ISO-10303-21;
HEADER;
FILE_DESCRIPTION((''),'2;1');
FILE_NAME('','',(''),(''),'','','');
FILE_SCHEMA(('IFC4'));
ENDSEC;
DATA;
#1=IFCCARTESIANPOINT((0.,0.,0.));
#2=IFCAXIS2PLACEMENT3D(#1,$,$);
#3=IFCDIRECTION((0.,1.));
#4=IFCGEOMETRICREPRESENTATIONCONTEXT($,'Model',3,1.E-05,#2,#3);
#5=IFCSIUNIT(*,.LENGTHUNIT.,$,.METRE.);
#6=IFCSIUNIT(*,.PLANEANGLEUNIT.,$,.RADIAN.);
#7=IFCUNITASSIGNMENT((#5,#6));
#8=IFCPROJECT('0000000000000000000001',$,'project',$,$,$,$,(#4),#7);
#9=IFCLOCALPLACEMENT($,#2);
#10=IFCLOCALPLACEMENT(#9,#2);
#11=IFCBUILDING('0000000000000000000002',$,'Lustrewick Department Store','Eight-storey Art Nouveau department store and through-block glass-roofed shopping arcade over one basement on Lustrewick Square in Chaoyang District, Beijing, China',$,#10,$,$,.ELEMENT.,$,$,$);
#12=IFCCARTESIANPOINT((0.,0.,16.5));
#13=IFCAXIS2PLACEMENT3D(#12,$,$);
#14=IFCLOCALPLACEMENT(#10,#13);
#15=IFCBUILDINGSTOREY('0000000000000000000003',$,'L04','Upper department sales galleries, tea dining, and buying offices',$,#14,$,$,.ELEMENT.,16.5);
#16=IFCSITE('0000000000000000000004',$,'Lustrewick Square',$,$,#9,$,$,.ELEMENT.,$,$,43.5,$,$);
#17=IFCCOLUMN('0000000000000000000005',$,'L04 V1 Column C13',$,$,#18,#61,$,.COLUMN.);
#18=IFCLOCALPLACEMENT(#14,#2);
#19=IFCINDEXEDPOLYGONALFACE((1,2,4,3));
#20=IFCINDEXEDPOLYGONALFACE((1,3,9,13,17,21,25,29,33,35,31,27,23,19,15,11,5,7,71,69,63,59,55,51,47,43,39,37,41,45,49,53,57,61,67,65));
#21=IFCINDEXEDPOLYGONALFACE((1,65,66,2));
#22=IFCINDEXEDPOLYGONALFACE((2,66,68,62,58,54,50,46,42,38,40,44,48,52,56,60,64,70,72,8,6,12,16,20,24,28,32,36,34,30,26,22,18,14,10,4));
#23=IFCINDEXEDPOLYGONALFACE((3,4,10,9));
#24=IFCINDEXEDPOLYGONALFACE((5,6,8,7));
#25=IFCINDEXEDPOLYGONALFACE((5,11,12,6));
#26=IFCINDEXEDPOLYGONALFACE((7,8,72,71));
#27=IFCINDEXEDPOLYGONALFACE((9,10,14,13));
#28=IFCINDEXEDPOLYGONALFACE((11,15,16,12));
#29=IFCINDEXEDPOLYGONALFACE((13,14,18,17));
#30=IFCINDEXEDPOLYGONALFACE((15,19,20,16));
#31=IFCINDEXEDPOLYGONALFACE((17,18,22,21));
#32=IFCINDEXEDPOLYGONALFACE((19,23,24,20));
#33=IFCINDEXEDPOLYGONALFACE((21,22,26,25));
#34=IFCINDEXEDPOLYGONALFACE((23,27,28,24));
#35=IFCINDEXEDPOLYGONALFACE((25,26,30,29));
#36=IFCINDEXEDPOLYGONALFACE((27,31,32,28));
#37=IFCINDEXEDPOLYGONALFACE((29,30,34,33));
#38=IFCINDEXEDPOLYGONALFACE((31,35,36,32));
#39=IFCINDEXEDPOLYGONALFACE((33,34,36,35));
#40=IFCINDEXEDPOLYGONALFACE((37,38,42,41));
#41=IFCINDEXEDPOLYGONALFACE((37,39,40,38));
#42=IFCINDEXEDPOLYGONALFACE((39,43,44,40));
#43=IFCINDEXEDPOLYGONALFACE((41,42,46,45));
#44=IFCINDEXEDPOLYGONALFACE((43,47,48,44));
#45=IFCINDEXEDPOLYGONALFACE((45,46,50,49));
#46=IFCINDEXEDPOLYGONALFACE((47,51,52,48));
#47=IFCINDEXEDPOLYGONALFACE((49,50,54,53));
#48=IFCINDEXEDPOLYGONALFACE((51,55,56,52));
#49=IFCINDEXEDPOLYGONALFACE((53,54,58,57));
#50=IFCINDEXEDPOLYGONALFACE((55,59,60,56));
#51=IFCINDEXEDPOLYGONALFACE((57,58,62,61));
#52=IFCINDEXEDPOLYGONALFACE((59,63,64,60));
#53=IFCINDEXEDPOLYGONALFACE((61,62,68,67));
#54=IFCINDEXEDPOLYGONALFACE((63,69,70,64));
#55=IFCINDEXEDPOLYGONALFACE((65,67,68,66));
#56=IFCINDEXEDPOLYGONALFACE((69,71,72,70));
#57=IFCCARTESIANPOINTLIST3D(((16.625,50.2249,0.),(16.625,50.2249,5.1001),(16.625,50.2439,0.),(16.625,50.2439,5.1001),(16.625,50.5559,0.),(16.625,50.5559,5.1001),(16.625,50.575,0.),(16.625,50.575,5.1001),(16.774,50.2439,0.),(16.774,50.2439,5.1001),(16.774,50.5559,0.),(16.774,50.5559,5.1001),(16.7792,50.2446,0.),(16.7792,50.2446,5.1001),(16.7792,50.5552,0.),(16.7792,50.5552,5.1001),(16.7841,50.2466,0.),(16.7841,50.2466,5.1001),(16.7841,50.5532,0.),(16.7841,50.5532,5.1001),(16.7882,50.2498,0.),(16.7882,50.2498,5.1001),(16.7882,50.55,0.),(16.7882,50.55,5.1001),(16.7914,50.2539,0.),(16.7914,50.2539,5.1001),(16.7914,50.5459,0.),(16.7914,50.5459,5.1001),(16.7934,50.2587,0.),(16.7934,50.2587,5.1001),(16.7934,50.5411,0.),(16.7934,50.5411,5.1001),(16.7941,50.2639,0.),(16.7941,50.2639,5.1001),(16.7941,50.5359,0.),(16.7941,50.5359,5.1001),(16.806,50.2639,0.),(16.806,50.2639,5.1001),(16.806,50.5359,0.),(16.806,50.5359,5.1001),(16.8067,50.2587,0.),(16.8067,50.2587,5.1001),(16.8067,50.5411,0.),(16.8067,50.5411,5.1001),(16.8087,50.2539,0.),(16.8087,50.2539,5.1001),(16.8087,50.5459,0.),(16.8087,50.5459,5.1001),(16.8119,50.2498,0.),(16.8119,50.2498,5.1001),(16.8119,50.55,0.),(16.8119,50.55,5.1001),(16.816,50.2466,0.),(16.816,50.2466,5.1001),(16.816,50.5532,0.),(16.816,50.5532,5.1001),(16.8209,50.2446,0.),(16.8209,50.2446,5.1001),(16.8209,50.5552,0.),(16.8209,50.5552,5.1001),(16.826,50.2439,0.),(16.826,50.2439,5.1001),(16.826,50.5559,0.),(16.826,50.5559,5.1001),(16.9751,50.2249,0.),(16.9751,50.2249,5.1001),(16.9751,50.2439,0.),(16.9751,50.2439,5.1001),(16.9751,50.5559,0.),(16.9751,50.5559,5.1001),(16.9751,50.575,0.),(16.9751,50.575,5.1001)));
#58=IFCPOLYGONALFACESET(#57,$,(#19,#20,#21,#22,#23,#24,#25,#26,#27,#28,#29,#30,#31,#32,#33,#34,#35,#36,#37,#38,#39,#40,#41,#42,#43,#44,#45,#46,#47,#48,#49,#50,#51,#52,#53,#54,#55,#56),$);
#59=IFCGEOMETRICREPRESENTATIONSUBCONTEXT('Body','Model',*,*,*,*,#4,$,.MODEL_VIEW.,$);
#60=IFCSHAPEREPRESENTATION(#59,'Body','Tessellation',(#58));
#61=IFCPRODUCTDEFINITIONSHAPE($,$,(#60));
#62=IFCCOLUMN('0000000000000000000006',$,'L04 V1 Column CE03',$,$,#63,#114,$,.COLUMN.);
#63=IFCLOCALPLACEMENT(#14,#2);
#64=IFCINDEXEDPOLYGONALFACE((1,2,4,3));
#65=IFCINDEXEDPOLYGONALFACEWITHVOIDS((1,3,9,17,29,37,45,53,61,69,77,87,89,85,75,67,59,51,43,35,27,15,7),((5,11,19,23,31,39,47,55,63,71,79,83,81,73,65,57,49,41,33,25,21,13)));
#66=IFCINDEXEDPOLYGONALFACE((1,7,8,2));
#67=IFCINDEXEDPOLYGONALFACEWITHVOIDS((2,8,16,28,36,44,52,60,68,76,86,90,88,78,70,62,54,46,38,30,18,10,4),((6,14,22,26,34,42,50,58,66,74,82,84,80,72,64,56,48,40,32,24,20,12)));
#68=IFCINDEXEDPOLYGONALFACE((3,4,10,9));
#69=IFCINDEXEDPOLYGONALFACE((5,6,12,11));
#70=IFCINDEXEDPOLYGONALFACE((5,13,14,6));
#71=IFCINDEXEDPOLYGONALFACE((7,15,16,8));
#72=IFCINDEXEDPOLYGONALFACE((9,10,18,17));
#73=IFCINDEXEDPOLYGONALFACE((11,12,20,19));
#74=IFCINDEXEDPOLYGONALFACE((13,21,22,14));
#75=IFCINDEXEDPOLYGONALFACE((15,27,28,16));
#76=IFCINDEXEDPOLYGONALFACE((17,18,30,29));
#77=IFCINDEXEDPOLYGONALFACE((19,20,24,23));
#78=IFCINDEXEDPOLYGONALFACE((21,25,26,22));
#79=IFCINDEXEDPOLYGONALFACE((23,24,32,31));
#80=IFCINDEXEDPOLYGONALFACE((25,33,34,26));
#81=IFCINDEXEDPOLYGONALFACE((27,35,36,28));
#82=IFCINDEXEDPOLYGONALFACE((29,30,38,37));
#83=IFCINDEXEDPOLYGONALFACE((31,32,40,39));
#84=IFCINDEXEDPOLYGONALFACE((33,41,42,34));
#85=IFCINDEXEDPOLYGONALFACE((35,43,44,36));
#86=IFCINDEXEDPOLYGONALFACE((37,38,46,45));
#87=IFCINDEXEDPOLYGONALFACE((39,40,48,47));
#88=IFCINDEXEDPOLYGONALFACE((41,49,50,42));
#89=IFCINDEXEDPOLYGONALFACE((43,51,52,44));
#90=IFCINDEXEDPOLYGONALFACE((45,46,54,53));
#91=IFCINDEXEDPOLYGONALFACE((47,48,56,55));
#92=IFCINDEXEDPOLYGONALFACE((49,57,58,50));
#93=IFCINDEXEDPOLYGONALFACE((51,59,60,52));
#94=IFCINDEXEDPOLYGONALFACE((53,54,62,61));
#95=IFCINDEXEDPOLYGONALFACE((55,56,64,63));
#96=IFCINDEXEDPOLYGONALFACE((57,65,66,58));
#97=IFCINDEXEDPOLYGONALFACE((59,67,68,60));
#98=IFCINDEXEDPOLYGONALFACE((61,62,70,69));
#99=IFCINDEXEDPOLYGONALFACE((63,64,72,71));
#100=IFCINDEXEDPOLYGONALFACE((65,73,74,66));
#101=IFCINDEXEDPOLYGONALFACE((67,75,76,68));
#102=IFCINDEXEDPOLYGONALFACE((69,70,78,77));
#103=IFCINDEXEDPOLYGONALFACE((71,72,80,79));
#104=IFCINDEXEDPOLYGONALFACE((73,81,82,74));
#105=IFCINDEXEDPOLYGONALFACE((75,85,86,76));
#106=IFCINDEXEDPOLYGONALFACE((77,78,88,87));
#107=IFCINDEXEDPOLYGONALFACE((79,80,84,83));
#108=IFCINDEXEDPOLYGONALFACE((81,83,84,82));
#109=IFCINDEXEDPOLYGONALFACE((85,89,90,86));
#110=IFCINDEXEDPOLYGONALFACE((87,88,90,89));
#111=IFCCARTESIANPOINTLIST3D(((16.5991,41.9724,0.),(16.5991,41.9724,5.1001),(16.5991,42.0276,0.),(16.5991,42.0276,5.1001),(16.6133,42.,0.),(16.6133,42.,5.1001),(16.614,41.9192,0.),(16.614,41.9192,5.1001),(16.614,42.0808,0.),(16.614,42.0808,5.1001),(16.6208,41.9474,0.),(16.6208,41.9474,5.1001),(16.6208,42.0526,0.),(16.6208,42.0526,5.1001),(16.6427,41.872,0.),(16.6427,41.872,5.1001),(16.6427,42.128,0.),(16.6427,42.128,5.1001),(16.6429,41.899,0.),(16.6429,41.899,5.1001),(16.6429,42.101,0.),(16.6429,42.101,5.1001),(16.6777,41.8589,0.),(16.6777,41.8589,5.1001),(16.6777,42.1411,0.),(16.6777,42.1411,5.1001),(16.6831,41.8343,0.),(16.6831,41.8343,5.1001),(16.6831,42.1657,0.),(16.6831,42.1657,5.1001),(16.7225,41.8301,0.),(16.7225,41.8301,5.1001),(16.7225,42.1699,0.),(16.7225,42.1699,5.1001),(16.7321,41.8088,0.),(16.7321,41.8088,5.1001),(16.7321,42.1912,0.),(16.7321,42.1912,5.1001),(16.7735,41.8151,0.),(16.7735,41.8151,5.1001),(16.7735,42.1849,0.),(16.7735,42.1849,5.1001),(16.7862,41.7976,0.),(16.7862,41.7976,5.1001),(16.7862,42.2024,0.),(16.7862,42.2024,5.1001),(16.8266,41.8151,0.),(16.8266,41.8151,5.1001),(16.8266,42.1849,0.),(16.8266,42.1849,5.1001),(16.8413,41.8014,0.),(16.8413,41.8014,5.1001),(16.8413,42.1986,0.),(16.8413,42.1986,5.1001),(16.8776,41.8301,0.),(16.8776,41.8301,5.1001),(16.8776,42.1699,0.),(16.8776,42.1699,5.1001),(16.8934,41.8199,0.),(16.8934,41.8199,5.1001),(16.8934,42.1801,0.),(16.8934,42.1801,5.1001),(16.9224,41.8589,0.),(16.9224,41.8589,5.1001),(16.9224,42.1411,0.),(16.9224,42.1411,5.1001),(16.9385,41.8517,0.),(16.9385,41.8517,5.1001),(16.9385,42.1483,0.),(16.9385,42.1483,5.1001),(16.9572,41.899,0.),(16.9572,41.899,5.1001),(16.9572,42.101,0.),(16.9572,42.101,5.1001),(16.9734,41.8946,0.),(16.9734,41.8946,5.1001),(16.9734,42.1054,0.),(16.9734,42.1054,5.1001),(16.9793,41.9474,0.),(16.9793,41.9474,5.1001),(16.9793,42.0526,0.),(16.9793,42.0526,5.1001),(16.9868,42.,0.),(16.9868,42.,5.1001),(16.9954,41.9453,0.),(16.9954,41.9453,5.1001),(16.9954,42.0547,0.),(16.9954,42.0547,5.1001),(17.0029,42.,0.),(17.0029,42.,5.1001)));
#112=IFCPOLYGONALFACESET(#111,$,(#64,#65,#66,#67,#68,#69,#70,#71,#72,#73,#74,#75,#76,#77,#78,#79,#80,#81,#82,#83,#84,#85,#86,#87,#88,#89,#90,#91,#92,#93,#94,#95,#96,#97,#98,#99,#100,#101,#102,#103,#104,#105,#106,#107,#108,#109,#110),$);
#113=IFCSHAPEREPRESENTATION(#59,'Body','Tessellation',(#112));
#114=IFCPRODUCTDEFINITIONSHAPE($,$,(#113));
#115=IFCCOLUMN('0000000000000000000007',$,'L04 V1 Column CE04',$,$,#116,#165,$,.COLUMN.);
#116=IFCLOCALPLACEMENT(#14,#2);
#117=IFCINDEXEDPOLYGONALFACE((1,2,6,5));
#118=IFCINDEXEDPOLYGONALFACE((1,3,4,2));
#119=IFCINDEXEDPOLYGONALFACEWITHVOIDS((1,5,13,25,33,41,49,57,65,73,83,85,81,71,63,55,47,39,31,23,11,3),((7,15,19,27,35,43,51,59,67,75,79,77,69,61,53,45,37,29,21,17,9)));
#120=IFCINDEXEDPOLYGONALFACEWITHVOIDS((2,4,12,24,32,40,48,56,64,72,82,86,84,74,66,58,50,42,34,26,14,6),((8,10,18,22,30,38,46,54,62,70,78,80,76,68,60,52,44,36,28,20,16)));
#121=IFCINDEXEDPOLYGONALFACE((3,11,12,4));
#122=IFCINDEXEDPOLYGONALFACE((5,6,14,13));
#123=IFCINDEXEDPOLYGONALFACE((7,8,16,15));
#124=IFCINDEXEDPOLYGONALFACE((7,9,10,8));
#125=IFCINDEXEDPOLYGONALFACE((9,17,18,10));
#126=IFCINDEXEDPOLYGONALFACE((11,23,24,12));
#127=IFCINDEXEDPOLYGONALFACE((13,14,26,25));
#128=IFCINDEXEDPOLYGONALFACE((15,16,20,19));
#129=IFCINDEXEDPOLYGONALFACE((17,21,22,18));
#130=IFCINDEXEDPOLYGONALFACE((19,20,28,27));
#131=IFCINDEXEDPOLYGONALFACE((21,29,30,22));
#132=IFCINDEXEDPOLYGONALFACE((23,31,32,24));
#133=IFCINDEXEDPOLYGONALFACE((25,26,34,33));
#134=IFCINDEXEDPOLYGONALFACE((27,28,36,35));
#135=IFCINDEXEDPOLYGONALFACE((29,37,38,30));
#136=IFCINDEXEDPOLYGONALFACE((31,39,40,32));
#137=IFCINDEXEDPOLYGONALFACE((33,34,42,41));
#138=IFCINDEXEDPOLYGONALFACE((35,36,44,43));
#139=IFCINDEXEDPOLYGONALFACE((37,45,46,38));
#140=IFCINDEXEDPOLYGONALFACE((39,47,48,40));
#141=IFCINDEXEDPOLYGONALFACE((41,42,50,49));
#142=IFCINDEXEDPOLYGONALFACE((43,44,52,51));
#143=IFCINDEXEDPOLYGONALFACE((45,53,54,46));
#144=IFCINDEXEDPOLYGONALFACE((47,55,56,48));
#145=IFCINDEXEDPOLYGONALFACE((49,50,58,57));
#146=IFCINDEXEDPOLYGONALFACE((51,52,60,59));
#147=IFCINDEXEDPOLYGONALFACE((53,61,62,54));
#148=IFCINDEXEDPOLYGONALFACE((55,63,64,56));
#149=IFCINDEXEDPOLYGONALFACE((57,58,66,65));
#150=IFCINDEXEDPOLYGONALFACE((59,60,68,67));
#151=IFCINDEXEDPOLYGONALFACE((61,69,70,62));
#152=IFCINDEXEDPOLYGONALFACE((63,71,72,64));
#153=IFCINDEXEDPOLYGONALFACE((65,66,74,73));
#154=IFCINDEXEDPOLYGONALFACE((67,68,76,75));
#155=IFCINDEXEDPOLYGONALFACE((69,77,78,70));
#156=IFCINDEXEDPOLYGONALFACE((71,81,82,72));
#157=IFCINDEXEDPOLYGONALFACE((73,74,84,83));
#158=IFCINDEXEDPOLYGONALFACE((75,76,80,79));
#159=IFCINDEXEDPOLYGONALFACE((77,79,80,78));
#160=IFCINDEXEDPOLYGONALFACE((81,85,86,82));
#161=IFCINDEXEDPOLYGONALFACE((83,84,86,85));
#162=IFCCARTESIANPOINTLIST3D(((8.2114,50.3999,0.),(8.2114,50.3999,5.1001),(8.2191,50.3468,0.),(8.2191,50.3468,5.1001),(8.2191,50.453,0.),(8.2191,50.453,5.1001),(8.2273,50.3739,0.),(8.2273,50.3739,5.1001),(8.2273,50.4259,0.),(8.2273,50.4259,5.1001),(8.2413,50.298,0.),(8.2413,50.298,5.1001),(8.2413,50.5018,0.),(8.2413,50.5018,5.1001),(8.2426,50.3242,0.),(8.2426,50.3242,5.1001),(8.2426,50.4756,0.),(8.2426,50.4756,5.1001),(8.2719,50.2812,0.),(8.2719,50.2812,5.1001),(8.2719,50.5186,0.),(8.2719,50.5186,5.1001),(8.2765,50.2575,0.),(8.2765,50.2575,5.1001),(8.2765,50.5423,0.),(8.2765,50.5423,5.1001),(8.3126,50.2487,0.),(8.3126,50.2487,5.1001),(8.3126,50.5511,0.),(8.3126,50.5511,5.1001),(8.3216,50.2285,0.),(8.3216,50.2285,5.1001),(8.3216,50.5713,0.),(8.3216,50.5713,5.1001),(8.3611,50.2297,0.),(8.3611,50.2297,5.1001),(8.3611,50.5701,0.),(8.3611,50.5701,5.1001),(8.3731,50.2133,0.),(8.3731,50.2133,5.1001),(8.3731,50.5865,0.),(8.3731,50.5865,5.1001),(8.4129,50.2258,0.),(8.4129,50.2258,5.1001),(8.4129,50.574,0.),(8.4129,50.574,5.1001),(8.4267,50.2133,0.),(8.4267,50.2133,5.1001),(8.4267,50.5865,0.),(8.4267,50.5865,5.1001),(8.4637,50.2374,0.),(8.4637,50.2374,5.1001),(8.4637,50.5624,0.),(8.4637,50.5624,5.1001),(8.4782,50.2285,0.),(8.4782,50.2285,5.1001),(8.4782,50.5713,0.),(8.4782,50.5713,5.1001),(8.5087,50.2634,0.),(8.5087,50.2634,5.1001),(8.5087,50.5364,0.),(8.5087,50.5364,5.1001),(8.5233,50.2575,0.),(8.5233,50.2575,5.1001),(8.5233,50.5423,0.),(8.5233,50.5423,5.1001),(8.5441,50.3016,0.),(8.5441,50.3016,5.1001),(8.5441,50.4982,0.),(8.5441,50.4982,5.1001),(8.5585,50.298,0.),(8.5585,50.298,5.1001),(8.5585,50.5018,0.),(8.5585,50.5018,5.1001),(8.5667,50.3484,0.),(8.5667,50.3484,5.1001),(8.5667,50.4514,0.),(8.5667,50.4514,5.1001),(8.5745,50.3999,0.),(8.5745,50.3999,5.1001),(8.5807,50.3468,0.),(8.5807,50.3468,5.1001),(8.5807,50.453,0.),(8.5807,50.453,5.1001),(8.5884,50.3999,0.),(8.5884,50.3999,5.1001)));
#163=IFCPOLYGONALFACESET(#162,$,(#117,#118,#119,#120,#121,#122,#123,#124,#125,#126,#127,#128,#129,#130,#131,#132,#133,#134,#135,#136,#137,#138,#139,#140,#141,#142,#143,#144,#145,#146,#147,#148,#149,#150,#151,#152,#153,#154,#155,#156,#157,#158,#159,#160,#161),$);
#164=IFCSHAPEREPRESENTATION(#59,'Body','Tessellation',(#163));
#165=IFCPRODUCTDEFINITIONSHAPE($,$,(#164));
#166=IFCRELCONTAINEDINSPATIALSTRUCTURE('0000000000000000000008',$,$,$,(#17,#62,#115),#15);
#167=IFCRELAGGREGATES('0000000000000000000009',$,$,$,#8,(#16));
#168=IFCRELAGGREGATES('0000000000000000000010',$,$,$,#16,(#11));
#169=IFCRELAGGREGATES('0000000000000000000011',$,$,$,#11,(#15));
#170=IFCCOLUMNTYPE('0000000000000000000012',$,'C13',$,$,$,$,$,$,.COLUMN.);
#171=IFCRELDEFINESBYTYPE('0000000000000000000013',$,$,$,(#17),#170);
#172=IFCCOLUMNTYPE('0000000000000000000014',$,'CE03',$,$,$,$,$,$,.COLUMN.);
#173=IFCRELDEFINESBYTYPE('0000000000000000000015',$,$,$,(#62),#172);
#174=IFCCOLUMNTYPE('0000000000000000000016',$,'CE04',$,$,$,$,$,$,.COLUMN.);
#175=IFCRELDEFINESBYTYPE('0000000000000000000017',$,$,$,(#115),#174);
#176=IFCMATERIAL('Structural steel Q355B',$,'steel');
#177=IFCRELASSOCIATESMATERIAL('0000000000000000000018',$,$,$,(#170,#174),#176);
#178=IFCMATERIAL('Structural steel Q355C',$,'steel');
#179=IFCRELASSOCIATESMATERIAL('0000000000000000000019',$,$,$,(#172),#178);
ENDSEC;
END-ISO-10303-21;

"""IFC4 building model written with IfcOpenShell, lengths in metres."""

from ifc_helpers import new_model, si_unit, direction, frame, origin, origin_2d, place, context, subcontext, project, spatial, hollow_circle, i_section, extrude, material, material_profile, profile_set, type_object, element, save


model = new_model("IFC4")

# Units and contexts
model_context = context("Model", 3, precision=1e-05, world=origin(), true_north=direction((0.0, 1.0)))
body_context = subcontext(model_context, "Body", "Model", "MODEL_VIEW")
ifc_project = project(units=[si_unit("LENGTHUNIT", "METRE"), si_unit("PLANEANGLEUNIT", "RADIAN")], contexts=[model_context])

# Site, building, storey
site_placement = place(None, origin())
site = spatial("IfcSite", under=ifc_project, at=site_placement, Name="Lustrewick Square", CompositionType="ELEMENT", RefElevation=43.5)
building_placement = place(site_placement, origin())
building = spatial("IfcBuilding", under=site, at=building_placement, Name="Lustrewick Department Store", Description="Eight-storey Art Nouveau department store and through-block glass-roofed shopping arcade over one basement on Lustrewick Square in Chaoyang District, Beijing, China", CompositionType="ELEMENT")
storey_placement = place(building_placement, frame((0.0, 0.0, 16.5)))
storey = spatial("IfcBuildingStorey", under=building, at=storey_placement, Name="L04", Description="Upper department sales galleries, tea dining, and buying offices", CompositionType="ELEMENT", Elevation=16.5)

# Columns
ifc_material_1 = material(Name="Structural steel Q355B", Category="steel")
ifc_material_profile_1 = material_profile(ifc_material_1, i_section(OverallWidth=0.3501, OverallDepth=0.3501, WebThickness=0.012, FlangeThickness=0.019, FilletRadius=0.02, at=origin_2d()), Name="HW 350x350x12x19")
ifc_profile_set_1 = profile_set([ifc_material_profile_1], Name="Structural steel Q355B")
column_type_1 = type_object("IfcColumnType", Name="C13", PredefinedType="COLUMN", material=ifc_profile_set_1)
column_1_placement = place(storey_placement, frame((16.8, 50.3999, 0.0), z_axis=(0.0, 0.0, 1.0), x_axis=(1.0, 0.0, 0.0)))
element("IfcColumn", 1, at=column_1_placement, inside=storey, type_object=column_type_1, Name="L04 V1 Column C13", PredefinedType="COLUMN", context=body_context, shape_type="SweptSolid", body=[
    extrude(i_section(OverallWidth=0.3501, OverallDepth=0.3501, WebThickness=0.012, FlangeThickness=0.019, FilletRadius=0.02, at=origin_2d()), origin(), (0.0, 0.0, 1.0), 5.1001),
])
ifc_material_2 = material(Name="Structural steel Q355C", Category="steel")
ifc_material_profile_2 = material_profile(ifc_material_2, hollow_circle(Radius=0.2029, WallThickness=0.0161, at=origin_2d()), Name="CHS 406x16")
ifc_profile_set_2 = profile_set([ifc_material_profile_2], Name="Structural steel Q355C")
column_type_2 = type_object("IfcColumnType", Name="CE03", PredefinedType="COLUMN", material=ifc_profile_set_2)
column_2_placement = place(storey_placement, frame((16.8, 42.0, 0.0), z_axis=(0.0, 0.0, 1.0), x_axis=(1.0, 0.0, 0.0)))
element("IfcColumn", 2, at=column_2_placement, inside=storey, type_object=column_type_2, Name="L04 V1 Column CE03", PredefinedType="COLUMN", context=body_context, shape_type="SweptSolid", body=[
    extrude(hollow_circle(Radius=0.2029, WallThickness=0.0161, at=origin_2d()), origin(), (0.0, 0.0, 1.0), 5.1001),
])
ifc_material_profile_3 = material_profile(ifc_material_1, hollow_circle(Radius=0.1885, WallThickness=0.0139, at=origin_2d()), Name="CHS 377x14")
ifc_profile_set_3 = profile_set([ifc_material_profile_3], Name="Structural steel Q355B")
column_type_3 = type_object("IfcColumnType", Name="CE04", PredefinedType="COLUMN", material=ifc_profile_set_3)
column_3_placement = place(storey_placement, frame((8.3999, 50.3999, 0.0), z_axis=(0.0, 0.0, 1.0), x_axis=(1.0, 0.0, 0.0)))
element("IfcColumn", 3, at=column_3_placement, inside=storey, type_object=column_type_3, Name="L04 V1 Column CE04", PredefinedType="COLUMN", context=body_context, shape_type="SweptSolid", body=[
    extrude(hollow_circle(Radius=0.1885, WallThickness=0.0139, at=origin_2d()), origin(), (0.0, 0.0, 1.0), 5.1001),
])

save(model, "model.ifc")
